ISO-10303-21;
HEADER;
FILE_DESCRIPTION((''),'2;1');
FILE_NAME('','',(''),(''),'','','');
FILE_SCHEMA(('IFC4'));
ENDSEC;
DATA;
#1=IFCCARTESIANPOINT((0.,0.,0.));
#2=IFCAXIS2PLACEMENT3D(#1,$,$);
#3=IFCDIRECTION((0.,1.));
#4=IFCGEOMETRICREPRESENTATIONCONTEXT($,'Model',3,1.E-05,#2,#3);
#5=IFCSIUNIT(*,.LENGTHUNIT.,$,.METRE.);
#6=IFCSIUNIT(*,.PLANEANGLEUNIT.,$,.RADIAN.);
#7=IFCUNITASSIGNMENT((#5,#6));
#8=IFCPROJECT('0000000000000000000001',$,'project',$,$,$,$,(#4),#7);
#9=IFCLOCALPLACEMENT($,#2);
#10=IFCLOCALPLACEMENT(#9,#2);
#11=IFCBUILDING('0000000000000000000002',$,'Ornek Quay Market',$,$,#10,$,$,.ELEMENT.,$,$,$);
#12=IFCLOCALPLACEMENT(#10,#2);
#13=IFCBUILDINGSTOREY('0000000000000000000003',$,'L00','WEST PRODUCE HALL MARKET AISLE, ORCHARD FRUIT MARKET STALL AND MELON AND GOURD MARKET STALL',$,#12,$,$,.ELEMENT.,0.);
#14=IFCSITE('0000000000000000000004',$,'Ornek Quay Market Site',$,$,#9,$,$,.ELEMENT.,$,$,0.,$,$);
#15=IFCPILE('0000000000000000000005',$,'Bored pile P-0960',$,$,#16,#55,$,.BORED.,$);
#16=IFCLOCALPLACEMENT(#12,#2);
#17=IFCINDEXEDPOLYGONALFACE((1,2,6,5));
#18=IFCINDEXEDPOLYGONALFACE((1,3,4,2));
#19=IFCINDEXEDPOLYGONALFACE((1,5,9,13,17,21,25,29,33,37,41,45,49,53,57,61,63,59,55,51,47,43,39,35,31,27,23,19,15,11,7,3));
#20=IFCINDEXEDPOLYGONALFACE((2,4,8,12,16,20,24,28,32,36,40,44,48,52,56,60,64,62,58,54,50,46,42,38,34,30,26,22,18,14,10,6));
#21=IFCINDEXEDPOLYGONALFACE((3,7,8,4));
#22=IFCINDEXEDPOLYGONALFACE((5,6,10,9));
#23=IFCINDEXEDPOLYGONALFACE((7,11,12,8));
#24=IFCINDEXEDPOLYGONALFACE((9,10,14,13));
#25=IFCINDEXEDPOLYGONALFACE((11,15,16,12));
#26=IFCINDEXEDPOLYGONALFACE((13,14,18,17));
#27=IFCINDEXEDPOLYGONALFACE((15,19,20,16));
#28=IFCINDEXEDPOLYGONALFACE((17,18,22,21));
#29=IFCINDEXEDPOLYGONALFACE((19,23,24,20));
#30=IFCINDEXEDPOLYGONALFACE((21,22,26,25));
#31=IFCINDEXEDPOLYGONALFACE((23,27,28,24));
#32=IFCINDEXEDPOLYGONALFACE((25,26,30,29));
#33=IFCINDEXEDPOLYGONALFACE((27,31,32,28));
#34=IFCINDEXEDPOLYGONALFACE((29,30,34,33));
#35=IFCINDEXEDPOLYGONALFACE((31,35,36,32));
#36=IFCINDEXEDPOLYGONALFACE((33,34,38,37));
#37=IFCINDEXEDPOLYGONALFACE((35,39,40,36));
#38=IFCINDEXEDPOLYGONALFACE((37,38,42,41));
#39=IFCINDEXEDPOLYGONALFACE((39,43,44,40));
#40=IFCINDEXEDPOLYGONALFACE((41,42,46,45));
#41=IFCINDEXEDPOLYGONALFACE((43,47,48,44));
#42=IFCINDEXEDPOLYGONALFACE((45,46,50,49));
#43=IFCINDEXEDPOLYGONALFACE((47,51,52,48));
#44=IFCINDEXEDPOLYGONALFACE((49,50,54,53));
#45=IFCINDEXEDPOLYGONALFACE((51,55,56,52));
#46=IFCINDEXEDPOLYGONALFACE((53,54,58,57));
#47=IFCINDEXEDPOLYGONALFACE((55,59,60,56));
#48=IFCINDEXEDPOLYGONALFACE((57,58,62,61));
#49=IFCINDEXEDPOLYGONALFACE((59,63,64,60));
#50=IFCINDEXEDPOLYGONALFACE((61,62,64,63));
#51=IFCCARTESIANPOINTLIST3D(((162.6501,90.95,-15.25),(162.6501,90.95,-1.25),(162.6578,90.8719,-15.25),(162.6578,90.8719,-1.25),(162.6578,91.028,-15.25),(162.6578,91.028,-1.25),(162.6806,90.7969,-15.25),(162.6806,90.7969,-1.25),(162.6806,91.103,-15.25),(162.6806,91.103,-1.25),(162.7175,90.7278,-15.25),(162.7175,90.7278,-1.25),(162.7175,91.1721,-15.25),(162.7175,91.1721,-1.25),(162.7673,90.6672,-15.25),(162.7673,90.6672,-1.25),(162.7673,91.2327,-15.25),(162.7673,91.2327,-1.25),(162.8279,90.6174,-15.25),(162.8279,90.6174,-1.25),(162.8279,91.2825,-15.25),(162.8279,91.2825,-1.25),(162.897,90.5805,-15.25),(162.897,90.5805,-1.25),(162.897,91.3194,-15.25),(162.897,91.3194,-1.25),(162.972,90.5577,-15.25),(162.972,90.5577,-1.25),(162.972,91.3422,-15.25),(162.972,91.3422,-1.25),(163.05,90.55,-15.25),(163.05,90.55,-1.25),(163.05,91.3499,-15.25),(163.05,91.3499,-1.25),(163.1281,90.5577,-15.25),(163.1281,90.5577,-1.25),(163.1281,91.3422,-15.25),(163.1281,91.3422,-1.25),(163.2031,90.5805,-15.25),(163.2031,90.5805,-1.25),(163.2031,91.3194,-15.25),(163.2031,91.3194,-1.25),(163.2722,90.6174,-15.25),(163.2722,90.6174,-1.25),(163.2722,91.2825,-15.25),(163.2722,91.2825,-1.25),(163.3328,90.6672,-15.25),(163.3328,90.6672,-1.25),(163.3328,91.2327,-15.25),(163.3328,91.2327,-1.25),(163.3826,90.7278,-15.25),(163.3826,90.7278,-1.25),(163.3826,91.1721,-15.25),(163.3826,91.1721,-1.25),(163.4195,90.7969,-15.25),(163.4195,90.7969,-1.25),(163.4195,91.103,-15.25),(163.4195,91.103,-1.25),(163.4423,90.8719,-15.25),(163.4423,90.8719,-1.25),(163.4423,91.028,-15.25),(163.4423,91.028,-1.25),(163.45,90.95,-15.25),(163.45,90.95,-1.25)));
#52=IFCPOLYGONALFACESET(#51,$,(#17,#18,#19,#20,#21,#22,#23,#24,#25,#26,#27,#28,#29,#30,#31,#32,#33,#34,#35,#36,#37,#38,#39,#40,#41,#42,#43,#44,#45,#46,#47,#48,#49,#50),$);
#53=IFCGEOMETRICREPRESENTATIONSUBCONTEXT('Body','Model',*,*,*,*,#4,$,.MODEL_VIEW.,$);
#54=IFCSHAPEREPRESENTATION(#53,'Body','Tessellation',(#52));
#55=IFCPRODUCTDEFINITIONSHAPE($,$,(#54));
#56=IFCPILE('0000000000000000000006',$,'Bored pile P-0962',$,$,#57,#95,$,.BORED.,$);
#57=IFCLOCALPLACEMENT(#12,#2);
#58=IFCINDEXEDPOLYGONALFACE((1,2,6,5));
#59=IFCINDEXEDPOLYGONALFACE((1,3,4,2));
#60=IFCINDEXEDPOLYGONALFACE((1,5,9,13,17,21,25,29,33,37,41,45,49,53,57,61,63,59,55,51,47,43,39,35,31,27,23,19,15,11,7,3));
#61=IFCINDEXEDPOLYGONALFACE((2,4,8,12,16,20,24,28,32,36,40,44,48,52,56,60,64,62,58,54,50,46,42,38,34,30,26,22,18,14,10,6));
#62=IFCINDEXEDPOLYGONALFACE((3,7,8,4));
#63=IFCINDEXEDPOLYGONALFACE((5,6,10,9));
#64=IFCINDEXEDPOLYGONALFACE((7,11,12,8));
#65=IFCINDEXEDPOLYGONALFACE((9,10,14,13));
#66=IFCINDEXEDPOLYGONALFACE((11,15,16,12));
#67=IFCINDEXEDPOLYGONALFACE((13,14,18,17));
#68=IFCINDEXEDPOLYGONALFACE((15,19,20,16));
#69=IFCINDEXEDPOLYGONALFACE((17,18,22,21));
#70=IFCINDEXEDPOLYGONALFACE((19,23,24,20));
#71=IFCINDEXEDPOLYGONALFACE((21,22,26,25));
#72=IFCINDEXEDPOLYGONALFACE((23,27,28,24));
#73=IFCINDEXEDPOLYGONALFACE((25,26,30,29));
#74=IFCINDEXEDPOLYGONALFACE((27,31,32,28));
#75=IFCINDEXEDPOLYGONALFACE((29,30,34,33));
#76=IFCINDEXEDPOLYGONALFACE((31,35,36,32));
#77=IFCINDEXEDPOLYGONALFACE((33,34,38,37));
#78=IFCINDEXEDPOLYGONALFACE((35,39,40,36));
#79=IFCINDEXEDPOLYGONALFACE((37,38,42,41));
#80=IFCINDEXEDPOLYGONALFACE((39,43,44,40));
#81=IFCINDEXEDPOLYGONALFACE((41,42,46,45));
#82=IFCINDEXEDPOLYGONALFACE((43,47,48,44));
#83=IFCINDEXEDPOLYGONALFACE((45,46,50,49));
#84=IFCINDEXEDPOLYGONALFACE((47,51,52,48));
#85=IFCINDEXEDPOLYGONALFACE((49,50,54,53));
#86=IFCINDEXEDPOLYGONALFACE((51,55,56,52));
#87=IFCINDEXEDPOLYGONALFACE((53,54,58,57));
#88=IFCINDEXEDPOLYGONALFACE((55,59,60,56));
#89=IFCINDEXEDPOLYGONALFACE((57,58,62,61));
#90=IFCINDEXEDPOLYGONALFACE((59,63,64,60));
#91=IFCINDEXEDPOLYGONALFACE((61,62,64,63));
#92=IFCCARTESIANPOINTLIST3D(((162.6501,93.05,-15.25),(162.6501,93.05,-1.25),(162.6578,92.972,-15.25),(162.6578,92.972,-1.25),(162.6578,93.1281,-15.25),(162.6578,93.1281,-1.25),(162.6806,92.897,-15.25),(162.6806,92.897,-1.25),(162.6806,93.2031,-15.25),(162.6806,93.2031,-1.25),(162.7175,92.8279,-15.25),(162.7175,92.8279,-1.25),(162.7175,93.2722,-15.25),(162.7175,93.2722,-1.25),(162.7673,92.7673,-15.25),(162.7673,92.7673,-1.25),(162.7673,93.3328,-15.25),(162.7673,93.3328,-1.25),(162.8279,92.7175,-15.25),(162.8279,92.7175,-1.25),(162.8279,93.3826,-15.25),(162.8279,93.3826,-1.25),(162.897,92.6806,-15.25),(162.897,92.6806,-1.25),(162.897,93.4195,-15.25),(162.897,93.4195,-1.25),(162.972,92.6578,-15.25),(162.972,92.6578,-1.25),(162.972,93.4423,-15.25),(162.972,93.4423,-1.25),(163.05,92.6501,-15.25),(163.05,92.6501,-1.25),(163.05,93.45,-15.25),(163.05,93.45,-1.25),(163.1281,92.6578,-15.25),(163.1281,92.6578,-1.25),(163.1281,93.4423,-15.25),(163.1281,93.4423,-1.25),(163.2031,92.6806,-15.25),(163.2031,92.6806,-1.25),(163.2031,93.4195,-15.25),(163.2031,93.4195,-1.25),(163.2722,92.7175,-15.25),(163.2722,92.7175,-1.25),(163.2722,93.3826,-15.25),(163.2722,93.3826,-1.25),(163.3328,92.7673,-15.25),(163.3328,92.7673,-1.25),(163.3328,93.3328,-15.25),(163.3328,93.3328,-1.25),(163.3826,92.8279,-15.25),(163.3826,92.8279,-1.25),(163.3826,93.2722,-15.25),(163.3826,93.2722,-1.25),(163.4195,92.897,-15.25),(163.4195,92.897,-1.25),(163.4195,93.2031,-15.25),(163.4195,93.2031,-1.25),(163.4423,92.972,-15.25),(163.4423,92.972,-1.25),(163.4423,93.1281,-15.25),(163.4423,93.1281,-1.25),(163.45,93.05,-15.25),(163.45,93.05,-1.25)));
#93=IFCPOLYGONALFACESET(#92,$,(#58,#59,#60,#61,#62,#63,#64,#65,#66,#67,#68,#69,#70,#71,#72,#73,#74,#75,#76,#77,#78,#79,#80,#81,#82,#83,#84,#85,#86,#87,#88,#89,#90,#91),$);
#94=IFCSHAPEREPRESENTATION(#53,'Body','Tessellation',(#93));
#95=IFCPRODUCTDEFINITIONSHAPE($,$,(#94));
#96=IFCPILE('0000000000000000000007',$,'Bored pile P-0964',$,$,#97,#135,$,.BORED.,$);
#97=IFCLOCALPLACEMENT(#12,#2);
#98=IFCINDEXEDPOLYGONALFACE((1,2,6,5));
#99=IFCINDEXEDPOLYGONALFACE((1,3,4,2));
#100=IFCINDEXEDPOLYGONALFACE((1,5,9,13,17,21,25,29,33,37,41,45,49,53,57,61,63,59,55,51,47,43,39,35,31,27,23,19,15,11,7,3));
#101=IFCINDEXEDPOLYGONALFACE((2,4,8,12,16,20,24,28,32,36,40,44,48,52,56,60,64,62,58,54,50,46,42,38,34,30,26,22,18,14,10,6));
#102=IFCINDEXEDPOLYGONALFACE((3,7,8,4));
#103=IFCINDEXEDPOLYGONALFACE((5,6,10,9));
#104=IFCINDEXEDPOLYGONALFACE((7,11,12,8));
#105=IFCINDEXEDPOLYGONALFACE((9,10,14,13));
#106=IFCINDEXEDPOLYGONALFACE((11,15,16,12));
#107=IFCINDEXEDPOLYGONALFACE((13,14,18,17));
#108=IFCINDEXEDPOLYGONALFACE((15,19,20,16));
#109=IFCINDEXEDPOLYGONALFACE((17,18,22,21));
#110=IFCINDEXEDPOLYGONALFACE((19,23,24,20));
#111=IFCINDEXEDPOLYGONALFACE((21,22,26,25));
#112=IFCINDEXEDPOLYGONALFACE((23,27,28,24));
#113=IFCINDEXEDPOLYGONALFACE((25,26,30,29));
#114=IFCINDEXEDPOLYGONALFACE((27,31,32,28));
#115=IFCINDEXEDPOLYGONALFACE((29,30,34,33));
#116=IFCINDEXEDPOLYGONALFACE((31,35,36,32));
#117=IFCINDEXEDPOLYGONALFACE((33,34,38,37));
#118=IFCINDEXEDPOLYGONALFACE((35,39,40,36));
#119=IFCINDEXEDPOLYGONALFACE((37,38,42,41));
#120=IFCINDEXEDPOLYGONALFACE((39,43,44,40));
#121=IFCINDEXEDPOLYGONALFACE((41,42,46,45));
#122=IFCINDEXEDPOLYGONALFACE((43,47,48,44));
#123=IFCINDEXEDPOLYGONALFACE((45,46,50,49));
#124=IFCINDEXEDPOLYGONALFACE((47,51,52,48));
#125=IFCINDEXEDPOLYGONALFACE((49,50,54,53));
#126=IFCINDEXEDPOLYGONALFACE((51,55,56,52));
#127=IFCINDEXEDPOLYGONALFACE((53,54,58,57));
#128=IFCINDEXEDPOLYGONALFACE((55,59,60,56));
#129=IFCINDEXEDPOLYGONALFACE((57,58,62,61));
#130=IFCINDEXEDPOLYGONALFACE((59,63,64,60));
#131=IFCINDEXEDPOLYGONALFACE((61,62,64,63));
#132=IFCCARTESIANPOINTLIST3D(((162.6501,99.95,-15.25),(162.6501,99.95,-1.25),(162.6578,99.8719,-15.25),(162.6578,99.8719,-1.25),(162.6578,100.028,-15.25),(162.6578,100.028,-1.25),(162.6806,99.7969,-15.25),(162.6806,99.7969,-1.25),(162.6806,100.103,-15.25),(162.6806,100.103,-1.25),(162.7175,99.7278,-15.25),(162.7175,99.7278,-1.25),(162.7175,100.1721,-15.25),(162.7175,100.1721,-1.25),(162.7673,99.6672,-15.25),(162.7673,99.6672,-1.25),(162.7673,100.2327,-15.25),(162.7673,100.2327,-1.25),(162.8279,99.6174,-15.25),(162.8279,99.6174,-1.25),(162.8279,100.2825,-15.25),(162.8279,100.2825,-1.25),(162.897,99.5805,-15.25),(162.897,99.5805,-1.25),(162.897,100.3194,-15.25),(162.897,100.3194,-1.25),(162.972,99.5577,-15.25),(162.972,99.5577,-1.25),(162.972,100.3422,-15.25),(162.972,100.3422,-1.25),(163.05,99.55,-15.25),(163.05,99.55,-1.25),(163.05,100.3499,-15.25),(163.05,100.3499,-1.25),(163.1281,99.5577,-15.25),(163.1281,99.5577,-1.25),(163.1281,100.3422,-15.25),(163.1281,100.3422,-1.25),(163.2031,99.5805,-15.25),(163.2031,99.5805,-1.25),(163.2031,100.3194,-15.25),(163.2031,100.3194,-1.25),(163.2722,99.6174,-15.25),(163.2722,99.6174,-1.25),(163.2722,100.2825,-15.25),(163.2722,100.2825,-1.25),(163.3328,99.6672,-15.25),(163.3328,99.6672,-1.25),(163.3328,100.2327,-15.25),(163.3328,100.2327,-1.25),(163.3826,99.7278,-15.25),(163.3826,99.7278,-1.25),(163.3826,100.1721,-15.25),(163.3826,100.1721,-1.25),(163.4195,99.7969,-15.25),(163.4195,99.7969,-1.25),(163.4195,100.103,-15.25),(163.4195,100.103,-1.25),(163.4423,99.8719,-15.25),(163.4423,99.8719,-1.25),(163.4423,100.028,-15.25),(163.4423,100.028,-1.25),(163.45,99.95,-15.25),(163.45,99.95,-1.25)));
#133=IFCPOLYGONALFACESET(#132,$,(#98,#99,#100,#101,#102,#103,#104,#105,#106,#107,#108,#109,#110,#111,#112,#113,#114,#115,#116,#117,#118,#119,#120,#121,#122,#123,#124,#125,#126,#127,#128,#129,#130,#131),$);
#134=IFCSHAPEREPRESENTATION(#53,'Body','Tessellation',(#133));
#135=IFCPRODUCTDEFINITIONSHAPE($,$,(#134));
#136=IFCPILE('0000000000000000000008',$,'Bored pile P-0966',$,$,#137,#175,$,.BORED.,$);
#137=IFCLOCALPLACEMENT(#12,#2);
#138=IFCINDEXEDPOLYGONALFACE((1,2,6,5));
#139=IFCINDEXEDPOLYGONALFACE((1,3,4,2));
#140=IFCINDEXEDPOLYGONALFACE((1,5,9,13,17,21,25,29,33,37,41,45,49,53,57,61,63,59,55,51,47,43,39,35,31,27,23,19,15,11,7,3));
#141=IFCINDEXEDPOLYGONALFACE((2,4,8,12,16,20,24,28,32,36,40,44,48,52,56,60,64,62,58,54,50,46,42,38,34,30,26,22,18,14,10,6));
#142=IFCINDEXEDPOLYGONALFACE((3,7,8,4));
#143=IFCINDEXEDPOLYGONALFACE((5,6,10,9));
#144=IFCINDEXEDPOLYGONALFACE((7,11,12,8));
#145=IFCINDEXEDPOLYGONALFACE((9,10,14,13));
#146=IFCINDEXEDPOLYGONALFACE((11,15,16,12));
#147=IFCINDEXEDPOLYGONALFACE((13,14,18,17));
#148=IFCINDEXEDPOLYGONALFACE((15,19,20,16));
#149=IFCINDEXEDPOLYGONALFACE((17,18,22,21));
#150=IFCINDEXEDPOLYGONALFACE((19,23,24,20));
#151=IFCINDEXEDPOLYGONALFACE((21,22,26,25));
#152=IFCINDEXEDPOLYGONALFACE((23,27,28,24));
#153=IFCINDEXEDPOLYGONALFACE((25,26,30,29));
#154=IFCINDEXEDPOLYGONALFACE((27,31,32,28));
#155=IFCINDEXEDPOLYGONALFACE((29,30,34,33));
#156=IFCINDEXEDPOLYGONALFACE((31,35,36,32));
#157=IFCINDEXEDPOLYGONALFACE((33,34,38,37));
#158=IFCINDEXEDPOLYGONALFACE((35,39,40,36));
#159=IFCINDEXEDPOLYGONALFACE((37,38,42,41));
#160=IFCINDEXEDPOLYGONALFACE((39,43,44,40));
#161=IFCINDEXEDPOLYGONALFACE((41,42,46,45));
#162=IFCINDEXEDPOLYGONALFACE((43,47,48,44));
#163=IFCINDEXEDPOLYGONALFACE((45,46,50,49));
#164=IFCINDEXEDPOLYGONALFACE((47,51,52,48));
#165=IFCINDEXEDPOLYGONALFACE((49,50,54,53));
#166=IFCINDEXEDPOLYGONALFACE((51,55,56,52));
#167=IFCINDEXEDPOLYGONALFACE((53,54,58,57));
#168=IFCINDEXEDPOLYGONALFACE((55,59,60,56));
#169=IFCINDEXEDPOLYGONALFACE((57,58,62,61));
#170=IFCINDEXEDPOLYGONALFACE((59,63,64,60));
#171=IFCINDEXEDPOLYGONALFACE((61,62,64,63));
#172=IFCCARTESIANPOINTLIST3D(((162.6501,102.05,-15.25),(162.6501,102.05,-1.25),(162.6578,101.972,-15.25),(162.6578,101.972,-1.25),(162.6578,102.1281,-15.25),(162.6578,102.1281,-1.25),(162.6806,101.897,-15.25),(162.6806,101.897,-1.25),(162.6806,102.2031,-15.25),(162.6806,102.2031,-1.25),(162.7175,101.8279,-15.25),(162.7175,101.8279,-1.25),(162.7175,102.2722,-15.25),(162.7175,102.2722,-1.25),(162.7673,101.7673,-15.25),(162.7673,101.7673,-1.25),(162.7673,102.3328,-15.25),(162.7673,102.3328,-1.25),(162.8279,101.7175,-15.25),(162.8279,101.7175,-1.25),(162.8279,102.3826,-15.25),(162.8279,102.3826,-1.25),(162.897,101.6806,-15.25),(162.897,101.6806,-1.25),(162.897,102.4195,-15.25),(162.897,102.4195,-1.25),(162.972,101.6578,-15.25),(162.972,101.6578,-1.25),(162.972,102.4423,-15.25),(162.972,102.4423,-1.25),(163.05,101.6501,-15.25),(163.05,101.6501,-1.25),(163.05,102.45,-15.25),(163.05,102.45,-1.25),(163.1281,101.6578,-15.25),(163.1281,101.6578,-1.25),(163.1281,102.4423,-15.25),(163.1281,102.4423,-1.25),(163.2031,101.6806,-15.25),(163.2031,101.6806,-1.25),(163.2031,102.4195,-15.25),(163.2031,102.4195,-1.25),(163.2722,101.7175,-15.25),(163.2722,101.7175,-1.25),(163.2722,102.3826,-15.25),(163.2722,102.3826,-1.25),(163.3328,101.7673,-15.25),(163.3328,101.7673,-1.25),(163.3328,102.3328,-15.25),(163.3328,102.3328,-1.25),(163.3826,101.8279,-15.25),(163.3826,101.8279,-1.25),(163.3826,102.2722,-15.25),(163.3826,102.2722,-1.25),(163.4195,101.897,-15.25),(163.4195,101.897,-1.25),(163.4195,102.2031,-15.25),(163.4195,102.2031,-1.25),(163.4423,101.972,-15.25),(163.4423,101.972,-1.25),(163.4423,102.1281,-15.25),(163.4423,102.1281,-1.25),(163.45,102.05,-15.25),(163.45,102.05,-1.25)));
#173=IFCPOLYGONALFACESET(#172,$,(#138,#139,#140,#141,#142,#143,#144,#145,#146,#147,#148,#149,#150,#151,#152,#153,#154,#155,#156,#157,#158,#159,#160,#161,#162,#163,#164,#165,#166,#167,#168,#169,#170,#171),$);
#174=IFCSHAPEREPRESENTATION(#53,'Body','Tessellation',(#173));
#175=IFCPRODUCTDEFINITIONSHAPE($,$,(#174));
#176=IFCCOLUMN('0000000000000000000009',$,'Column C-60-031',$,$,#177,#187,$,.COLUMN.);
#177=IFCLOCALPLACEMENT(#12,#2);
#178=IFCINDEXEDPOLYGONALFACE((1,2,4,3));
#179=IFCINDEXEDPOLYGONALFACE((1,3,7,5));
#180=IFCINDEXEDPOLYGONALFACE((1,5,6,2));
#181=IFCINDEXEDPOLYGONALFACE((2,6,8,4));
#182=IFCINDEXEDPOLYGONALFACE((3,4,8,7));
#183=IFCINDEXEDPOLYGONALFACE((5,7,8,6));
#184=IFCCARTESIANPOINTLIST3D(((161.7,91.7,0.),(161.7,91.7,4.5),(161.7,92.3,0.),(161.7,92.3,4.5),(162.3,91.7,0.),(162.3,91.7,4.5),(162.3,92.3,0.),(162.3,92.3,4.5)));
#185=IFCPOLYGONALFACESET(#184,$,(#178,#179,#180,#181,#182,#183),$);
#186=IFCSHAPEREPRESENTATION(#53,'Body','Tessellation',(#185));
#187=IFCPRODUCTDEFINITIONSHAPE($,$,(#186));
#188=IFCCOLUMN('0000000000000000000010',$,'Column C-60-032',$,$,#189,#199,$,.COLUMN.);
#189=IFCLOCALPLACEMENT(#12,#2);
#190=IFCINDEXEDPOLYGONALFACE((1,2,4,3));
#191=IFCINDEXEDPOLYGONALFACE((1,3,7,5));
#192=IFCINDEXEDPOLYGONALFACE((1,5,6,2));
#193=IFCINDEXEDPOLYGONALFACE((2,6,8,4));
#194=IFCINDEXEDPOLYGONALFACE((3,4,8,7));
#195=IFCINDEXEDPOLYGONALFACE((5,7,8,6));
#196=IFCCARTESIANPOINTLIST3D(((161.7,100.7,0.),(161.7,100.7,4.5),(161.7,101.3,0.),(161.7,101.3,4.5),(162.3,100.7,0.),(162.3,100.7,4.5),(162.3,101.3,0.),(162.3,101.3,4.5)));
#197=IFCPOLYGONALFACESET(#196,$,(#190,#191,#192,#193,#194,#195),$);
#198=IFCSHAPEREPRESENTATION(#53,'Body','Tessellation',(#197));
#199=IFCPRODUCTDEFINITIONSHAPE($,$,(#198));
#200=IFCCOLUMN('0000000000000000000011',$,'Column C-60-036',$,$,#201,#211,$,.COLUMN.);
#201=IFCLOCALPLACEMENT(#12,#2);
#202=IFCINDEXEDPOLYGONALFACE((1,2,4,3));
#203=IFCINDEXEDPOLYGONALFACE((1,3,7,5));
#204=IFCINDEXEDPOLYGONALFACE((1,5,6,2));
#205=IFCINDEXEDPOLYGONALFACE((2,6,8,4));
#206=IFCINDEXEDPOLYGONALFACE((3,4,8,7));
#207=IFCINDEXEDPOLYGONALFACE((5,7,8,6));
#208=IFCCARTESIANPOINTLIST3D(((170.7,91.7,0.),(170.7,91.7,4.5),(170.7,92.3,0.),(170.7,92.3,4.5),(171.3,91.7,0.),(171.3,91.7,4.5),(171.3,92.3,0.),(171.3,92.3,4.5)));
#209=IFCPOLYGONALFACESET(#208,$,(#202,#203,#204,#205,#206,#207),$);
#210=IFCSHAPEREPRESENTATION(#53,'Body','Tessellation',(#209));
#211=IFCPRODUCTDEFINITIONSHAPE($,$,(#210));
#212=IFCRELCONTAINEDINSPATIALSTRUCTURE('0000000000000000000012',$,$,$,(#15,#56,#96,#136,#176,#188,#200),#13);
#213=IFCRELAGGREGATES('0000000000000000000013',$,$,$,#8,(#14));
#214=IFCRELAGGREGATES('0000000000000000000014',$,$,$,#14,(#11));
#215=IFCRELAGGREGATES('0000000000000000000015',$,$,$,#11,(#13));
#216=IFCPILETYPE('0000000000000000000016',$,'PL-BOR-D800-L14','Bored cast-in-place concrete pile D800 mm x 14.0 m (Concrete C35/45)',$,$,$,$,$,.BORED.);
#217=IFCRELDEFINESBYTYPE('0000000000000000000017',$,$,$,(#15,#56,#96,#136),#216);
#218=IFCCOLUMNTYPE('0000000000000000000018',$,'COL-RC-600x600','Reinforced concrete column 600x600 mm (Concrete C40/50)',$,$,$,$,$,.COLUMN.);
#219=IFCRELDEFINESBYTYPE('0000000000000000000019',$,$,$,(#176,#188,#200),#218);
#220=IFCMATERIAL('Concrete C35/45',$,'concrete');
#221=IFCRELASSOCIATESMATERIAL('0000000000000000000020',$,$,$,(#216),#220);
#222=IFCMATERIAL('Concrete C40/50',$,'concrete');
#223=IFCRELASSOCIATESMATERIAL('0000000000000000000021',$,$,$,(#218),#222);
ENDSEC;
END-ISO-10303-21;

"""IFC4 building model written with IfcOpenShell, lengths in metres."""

from ifc_helpers import new_model, si_unit, direction, frame, origin, origin_2d, place, context, subcontext, project, spatial, rectangle, circle, extrude, material, material_profile, profile_set, type_object, element, save


model = new_model("IFC4")

# Units and contexts
model_context = context("Model", 3, precision=1e-05, world=origin(), true_north=direction((0.0, 1.0)))
body_context = subcontext(model_context, "Body", "Model", "MODEL_VIEW")
ifc_project = project(units=[si_unit("LENGTHUNIT", "METRE"), si_unit("PLANEANGLEUNIT", "RADIAN")], contexts=[model_context])

# Site, building, storey
site_placement = place(None, origin())
site = spatial("IfcSite", under=ifc_project, at=site_placement, Name="Ornek Quay Market Site", CompositionType="ELEMENT", RefElevation=0.0)
building_placement = place(site_placement, origin())
building = spatial("IfcBuilding", under=site, at=building_placement, Name="Ornek Quay Market", CompositionType="ELEMENT")
storey_placement = place(building_placement, origin())
storey = spatial("IfcBuildingStorey", under=building, at=storey_placement, Name="L00", Description="WEST PRODUCE HALL MARKET AISLE, ORCHARD FRUIT MARKET STALL AND MELON AND GOURD MARKET STALL", CompositionType="ELEMENT", Elevation=0.0)

# Piles
ifc_material_1 = material(Name="Concrete C35/45", Category="concrete")
ifc_material_profile_1 = material_profile(ifc_material_1, circle(Radius=0.3999, at=origin_2d()), Name="PILE D800", Category="concrete")
ifc_profile_set_1 = profile_set([ifc_material_profile_1], Name="Concrete C35/45")
pile_type = type_object("IfcPileType", Name="PL-BOR-D800-L14", Description="Bored cast-in-place concrete pile D800 mm x 14.0 m (Concrete C35/45)", PredefinedType="BORED", material=ifc_profile_set_1)
for number, where, z_axis, x_axis, name in (
    (1, (163.05, 90.95, -1.25), (0.0, 0.0, -1.0), (1.0, 0.0, 0.0), "Bored pile P-0960"),
    (2, (163.05, 93.05, -1.25), (0.0, 0.0, -1.0), (1.0, 0.0, 0.0), "Bored pile P-0962"),
    (3, (163.05, 99.95, -1.25), (0.0, 0.0, -1.0), (1.0, 0.0, 0.0), "Bored pile P-0964"),
    (4, (163.05, 102.05, -1.25), (0.0, 0.0, -1.0), (1.0, 0.0, 0.0), "Bored pile P-0966"),
):
    element("IfcPile", number, at=place(storey_placement, frame(where, z_axis=z_axis, x_axis=x_axis)), inside=storey, type_object=pile_type, Name=name, PredefinedType="BORED", context=body_context, shape_type="SweptSolid", body=[
        extrude(circle(Radius=0.3999, at=origin_2d()), origin(), (0.0, 0.0, 1.0), 14.0),
    ])

# Columns
ifc_material_2 = material(Name="Concrete C40/50", Category="concrete")
ifc_material_profile_2 = material_profile(ifc_material_2, rectangle(XDim=0.6001, YDim=0.6001, at=origin_2d()), Name="RC 600x600", Category="concrete")
ifc_profile_set_2 = profile_set([ifc_material_profile_2], Name="Concrete C40/50")
column_type = type_object("IfcColumnType", Name="COL-RC-600x600", Description="Reinforced concrete column 600x600 mm (Concrete C40/50)", PredefinedType="COLUMN", material=ifc_profile_set_2)
for number, where, z_axis, x_axis, name in (
    (5, (162.0, 92.0, 0.0), (0.0, 0.0, 1.0), (1.0, 0.0, 0.0), "Column C-60-031"),
    (6, (162.0, 101.0, 0.0), (0.0, 0.0, 1.0), (1.0, 0.0, 0.0), "Column C-60-032"),
    (7, (171.0, 92.0, 0.0), (0.0, 0.0, 1.0), (1.0, 0.0, 0.0), "Column C-60-036"),
):
    element("IfcColumn", number, at=place(storey_placement, frame(where, z_axis=z_axis, x_axis=x_axis)), inside=storey, type_object=column_type, Name=name, PredefinedType="COLUMN", context=body_context, shape_type="SweptSolid", body=[
        extrude(rectangle(XDim=0.6001, YDim=0.6001, at=origin_2d()), origin(), (0.0, 0.0, 1.0), 4.5),
    ])

save(model, "model.ifc")
